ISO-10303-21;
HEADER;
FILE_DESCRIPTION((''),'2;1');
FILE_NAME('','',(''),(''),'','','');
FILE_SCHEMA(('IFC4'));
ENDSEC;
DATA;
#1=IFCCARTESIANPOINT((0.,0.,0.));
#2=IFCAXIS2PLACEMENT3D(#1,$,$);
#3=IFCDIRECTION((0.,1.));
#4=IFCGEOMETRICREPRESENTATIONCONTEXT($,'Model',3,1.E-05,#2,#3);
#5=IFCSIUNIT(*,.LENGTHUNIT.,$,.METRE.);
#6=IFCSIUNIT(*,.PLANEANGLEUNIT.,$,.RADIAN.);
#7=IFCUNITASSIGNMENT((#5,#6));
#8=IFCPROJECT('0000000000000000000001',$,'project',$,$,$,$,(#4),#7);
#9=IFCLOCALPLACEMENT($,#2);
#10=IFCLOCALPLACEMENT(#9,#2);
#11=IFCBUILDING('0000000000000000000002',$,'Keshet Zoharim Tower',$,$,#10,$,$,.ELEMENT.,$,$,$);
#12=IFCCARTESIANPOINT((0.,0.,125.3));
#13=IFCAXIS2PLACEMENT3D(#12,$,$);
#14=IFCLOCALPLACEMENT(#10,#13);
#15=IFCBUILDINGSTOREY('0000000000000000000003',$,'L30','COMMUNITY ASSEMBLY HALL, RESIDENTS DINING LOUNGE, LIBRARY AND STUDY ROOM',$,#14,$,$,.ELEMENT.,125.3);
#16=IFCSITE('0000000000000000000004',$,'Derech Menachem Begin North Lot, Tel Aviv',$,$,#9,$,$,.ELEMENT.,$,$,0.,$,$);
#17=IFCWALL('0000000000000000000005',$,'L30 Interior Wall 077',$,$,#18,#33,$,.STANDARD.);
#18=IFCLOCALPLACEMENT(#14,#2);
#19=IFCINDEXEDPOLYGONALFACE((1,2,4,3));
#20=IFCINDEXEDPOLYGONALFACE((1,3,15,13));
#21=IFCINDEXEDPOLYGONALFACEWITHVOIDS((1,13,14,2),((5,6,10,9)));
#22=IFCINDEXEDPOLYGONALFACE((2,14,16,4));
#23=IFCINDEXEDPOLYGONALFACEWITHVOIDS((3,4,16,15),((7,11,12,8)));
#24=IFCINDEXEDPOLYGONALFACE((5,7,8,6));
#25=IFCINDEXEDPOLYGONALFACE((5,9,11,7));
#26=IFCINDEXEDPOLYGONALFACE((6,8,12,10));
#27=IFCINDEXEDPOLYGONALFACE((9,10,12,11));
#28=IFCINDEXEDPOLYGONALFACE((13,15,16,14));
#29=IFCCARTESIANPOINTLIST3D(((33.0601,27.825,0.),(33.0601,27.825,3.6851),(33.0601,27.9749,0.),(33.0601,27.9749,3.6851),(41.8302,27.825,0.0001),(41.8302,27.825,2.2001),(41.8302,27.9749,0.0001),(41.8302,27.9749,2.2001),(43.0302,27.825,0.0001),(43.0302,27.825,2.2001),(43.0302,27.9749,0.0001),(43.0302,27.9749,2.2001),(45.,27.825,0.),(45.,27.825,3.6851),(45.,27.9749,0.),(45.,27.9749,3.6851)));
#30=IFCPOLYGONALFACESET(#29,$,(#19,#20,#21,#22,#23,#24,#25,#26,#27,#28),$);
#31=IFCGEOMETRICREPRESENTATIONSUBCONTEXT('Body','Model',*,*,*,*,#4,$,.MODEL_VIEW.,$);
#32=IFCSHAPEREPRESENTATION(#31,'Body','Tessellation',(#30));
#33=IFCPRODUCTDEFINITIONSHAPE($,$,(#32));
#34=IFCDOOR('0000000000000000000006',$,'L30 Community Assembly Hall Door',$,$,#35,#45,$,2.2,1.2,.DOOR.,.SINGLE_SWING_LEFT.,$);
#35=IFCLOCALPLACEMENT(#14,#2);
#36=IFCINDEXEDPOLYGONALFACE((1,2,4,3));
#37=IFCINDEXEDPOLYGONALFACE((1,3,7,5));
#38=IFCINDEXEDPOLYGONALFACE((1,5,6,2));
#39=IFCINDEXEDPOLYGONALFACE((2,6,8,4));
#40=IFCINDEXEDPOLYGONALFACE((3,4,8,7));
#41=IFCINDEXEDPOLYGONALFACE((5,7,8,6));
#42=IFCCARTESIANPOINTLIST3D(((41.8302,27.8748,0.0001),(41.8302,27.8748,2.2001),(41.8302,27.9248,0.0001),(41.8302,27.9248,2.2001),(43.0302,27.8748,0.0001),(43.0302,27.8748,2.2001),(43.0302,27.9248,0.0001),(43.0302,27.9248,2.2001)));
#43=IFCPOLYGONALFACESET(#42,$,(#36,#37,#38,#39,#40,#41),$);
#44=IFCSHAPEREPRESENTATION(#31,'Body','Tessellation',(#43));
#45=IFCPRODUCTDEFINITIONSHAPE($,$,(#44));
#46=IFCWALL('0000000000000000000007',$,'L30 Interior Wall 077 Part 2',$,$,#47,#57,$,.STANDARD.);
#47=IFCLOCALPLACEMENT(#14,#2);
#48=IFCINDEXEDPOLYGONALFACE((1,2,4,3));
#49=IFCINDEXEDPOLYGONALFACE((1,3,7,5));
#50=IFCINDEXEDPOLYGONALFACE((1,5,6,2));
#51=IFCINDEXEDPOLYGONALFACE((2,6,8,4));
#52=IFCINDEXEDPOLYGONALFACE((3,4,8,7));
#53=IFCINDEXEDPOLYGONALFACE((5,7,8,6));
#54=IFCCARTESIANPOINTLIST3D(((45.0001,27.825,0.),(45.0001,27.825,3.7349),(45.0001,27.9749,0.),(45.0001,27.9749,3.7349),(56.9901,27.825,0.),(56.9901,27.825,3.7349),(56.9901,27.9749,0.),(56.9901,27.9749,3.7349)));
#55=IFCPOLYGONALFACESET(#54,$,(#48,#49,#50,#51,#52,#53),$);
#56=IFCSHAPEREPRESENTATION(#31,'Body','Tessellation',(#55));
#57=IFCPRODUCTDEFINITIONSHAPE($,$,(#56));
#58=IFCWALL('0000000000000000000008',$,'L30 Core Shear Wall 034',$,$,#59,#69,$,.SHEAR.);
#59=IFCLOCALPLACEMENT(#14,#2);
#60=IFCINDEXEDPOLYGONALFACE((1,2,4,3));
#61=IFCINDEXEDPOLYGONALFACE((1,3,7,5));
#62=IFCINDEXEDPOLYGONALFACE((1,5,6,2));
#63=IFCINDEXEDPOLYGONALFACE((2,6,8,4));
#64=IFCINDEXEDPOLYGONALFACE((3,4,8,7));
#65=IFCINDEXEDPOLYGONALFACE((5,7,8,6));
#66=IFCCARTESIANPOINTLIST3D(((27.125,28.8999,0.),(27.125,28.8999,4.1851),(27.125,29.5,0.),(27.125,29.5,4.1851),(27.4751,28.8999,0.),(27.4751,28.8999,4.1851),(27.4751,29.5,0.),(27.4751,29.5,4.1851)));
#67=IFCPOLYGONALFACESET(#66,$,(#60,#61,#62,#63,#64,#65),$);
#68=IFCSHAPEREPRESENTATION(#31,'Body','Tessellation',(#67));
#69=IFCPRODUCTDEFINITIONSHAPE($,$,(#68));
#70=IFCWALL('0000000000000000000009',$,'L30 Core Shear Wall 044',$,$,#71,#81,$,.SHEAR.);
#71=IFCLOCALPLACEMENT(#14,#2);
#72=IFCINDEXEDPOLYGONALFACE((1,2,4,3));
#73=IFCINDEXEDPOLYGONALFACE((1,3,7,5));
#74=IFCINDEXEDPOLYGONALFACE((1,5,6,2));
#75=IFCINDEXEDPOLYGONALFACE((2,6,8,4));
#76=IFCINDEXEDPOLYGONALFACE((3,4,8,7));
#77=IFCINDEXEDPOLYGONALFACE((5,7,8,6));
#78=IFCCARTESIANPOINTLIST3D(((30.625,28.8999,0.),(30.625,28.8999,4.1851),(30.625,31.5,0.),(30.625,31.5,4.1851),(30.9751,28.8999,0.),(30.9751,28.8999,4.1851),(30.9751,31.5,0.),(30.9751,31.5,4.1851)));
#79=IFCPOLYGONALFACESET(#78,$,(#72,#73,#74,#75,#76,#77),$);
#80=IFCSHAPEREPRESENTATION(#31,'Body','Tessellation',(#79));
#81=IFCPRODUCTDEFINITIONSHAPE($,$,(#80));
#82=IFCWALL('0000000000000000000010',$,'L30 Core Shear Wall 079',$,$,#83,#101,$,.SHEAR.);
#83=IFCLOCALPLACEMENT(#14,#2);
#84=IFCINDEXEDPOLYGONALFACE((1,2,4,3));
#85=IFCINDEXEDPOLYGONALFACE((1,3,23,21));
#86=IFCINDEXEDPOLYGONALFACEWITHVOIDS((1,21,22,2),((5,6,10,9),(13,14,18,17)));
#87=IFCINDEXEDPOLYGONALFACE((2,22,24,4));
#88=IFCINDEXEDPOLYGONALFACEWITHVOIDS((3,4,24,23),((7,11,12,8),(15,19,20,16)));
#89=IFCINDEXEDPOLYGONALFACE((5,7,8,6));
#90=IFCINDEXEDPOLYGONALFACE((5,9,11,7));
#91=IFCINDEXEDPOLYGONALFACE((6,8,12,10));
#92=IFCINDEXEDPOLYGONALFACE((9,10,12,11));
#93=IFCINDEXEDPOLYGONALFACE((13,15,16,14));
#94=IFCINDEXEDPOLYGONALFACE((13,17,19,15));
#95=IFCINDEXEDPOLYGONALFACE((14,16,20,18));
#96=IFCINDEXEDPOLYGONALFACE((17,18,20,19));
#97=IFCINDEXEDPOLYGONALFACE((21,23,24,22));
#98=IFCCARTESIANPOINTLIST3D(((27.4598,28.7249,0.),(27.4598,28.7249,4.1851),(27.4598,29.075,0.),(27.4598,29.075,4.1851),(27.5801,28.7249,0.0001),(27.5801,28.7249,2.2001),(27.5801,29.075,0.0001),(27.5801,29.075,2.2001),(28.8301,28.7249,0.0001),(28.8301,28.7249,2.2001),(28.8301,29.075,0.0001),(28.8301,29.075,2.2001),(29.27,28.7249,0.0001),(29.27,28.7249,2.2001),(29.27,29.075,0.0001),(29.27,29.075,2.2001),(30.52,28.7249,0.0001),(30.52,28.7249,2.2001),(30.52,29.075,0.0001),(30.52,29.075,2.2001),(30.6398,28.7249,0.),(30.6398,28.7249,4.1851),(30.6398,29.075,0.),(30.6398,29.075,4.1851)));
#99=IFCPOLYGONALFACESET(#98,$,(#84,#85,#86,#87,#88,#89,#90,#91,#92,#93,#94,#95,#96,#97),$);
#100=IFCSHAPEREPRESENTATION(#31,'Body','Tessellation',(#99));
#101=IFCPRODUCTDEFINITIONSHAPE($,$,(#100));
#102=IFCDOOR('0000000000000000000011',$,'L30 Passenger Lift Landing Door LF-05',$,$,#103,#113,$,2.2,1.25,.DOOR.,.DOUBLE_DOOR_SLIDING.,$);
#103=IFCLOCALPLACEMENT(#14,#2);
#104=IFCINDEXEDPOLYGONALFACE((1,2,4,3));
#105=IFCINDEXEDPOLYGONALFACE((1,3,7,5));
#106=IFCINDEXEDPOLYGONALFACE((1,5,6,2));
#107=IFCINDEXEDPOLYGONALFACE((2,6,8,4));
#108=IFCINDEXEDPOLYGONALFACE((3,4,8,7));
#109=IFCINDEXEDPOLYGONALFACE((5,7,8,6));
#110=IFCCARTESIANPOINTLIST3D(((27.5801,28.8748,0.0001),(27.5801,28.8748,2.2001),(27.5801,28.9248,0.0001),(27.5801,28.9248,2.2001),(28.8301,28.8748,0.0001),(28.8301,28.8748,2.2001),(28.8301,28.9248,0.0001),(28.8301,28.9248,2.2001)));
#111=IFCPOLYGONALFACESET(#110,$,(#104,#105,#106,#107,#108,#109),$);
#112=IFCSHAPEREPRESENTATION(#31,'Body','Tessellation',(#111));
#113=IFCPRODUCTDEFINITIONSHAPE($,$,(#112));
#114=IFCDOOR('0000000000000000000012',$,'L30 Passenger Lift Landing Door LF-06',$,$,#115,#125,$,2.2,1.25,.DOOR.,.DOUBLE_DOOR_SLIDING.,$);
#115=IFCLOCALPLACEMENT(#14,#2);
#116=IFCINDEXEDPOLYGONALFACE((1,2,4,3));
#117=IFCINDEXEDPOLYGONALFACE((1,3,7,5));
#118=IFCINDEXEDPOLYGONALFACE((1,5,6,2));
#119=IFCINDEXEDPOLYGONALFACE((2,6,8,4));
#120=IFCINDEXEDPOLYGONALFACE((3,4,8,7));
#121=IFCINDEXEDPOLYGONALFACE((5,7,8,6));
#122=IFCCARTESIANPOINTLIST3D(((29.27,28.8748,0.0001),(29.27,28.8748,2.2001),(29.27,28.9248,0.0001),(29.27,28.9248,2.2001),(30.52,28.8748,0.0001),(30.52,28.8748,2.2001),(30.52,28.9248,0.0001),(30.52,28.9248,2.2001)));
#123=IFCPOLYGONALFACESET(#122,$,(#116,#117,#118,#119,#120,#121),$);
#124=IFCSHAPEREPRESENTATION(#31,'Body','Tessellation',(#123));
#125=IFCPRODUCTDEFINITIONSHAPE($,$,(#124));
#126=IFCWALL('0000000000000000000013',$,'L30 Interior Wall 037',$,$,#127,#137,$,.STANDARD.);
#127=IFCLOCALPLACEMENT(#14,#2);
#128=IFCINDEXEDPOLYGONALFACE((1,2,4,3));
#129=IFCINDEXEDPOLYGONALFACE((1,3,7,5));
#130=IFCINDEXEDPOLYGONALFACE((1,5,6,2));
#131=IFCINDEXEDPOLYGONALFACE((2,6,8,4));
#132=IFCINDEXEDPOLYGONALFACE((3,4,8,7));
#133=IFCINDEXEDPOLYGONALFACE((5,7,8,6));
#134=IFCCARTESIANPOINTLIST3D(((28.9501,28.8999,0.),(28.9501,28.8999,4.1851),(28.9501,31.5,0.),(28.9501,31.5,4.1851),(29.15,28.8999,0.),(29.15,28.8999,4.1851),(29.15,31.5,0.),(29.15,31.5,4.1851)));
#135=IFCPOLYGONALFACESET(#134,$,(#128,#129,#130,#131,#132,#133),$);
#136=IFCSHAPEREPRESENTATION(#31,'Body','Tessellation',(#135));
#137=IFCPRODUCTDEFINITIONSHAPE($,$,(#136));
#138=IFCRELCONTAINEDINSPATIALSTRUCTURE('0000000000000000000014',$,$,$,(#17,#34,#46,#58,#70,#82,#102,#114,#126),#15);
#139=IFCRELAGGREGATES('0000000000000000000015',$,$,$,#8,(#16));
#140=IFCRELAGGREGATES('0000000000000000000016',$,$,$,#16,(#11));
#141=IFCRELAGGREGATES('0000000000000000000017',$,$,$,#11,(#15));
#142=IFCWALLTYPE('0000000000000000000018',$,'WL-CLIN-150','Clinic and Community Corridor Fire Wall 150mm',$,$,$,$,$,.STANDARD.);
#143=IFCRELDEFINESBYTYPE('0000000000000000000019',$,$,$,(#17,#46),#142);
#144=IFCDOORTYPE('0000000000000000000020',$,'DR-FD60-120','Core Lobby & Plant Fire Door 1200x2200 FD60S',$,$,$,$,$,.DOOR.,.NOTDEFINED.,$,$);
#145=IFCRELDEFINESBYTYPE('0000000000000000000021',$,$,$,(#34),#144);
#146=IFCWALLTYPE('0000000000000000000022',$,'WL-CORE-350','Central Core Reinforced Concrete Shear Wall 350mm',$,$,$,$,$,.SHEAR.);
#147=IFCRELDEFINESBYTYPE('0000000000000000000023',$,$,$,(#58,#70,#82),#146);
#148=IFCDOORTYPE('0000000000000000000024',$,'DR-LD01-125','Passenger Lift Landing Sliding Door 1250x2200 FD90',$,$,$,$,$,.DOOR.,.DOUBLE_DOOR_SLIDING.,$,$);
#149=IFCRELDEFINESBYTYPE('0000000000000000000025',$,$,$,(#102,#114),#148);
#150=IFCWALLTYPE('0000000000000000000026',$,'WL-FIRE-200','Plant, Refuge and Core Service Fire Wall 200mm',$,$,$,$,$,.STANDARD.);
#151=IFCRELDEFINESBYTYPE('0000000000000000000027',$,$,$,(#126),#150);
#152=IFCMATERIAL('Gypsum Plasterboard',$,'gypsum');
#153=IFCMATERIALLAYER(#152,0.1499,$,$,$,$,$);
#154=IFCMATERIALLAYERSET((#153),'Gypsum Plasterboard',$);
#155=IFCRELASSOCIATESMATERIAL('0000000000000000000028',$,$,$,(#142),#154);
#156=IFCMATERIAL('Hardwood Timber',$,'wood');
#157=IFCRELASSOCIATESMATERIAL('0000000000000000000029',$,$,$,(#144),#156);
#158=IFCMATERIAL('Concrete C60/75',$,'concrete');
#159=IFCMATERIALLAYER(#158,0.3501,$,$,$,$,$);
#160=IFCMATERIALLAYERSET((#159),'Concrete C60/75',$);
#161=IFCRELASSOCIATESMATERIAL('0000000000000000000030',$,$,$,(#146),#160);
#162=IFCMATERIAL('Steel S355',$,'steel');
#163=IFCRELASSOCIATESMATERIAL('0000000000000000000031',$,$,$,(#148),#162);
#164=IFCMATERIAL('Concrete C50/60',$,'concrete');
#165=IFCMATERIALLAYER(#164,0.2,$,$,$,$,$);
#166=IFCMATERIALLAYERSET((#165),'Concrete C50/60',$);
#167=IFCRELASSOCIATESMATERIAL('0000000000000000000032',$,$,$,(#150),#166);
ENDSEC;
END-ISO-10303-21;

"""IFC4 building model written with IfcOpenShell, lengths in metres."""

from ifc_helpers import new_model, si_unit, direction, frame, frame_2d, origin, place, context, subcontext, project, spatial, rectangle, extrude, material, layer, layer_set, type_object, element, fill, save


model = new_model("IFC4")

# Units and contexts
model_context = context("Model", 3, precision=1e-05, world=origin(), true_north=direction((0.0, 1.0)))
body_context = subcontext(model_context, "Body", "Model", "MODEL_VIEW")
ifc_project = project(units=[si_unit("LENGTHUNIT", "METRE"), si_unit("PLANEANGLEUNIT", "RADIAN")], contexts=[model_context])

# Site, building, storey
site_placement = place(None, origin())
site = spatial("IfcSite", under=ifc_project, at=site_placement, Name="Derech Menachem Begin North Lot, Tel Aviv", CompositionType="ELEMENT", RefElevation=0.0)
building_placement = place(site_placement, origin())
building = spatial("IfcBuilding", under=site, at=building_placement, Name="Keshet Zoharim Tower", CompositionType="ELEMENT")
storey_placement = place(building_placement, frame((0.0, 0.0, 125.3)))
storey = spatial("IfcBuildingStorey", under=building, at=storey_placement, Name="L30", Description="COMMUNITY ASSEMBLY HALL, RESIDENTS DINING LOUNGE, LIBRARY AND STUDY ROOM", CompositionType="ELEMENT", Elevation=125.3)

# Shared definitions
ifc_material_1 = material(Name="Concrete C60/75", Category="concrete")

# Shared definitions
ifc_material_2 = material(Name="Steel S355", Category="steel")

# Shared definitions
ifc_material_3 = material(Name="Gypsum Plasterboard", Category="gypsum")
ifc_layer_1 = layer(ifc_material_3, 0.1499)
ifc_layer_set_1 = layer_set([ifc_layer_1], Name="Gypsum Plasterboard")
wall_type_1 = type_object("IfcWallType", Name="WL-CLIN-150", Description="Clinic and Community Corridor Fire Wall 150mm", PredefinedType="STANDARD", material=ifc_layer_set_1)

# Wall, opening, door
wall_1_placement = place(storey_placement, frame((33.0601, 27.8999, 0.0), z_axis=(0.0, 0.0, 1.0), x_axis=(1.0, 0.0, 0.0)))
wall_1 = element("IfcWall", 1, at=wall_1_placement, inside=storey, type_object=wall_type_1, Name="L30 Interior Wall 077", PredefinedType="STANDARD", context=body_context, shape_type="SweptSolid", body=[
    extrude(rectangle(XDim=11.9399, YDim=0.1499, at=frame_2d((5.97, 0.0))), origin(), (0.0, 0.0, 1.0), 3.6851),
])
opening_1_placement = place(wall_1_placement, frame((8.77, 0.0, 0.0)))
opening_1 = element("IfcOpeningElement", 2, at=opening_1_placement, cuts=wall_1, PredefinedType="OPENING", context=body_context, shape_type="SweptSolid", body=[
    extrude(rectangle(XDim=1.2, YDim=2.2, at=frame_2d((0.6001, 1.1001))), frame((0.0, 0.085, 0.0), z_axis=(0.0, -1.0, 0.0), x_axis=(1.0, 0.0, 0.0)), (0.0, 0.0, 1.0), 0.1699),
])
ifc_material_4 = material(Name="Hardwood Timber", Category="wood")
door_type_1 = type_object("IfcDoorType", Name="DR-FD60-120", Description="Core Lobby & Plant Fire Door 1200x2200 FD60S", OperationType="NOTDEFINED", PredefinedType="DOOR", material=ifc_material_4)
door_1_placement = place(opening_1_placement, origin())
door_1 = element("IfcDoor", 3, at=door_1_placement, inside=storey, type_object=door_type_1, Name="L30 Community Assembly Hall Door", OperationType="SINGLE_SWING_LEFT", OverallHeight=2.2, OverallWidth=1.2, PredefinedType="DOOR", context=body_context, shape_type="SweptSolid", body=[
    extrude(rectangle(XDim=1.2, YDim=2.2, at=frame_2d((0.6001, 1.1001))), frame((0.0, 0.0249, 0.0), z_axis=(0.0, -1.0, 0.0), x_axis=(1.0, 0.0, 0.0)), (0.0, 0.0, 1.0), 0.05),
])
fill(opening_1, door_1)

# Walls
wall_2_placement = place(storey_placement, frame((45.0, 27.8999, 0.0), z_axis=(0.0, 0.0, 1.0), x_axis=(1.0, 0.0, 0.0)))
element("IfcWall", 4, at=wall_2_placement, inside=storey, type_object=wall_type_1, Name="L30 Interior Wall 077 Part 2", PredefinedType="STANDARD", context=body_context, shape_type="SweptSolid", body=[
    extrude(rectangle(XDim=11.99, YDim=0.1499, at=frame_2d((5.9951, 0.0))), origin(), (0.0, 0.0, 1.0), 3.7349),
])
ifc_layer_2 = layer(ifc_material_1, 0.3501)
ifc_layer_set_2 = layer_set([ifc_layer_2], Name="Concrete C60/75")
wall_type_2 = type_object("IfcWallType", Name="WL-CORE-350", Description="Central Core Reinforced Concrete Shear Wall 350mm", PredefinedType="SHEAR", material=ifc_layer_set_2)
wall_3_placement = place(storey_placement, frame((27.3, 28.8999, 0.0), z_axis=(0.0, 0.0, 1.0), x_axis=(0.0, 1.0, 0.0)))
element("IfcWall", 5, at=wall_3_placement, inside=storey, type_object=wall_type_2, Name="L30 Core Shear Wall 034", PredefinedType="SHEAR", context=body_context, shape_type="SweptSolid", body=[
    extrude(rectangle(XDim=0.6001, YDim=0.3501, at=frame_2d((0.3, 0.0))), origin(), (0.0, 0.0, 1.0), 4.1851),
])
wall_4_placement = place(storey_placement, frame((30.8, 28.8999, 0.0), z_axis=(0.0, 0.0, 1.0), x_axis=(0.0, 1.0, 0.0)))
element("IfcWall", 6, at=wall_4_placement, inside=storey, type_object=wall_type_2, Name="L30 Core Shear Wall 044", PredefinedType="SHEAR", context=body_context, shape_type="SweptSolid", body=[
    extrude(rectangle(XDim=2.6001, YDim=0.3501, at=frame_2d((1.3, 0.0))), origin(), (0.0, 0.0, 1.0), 4.1851),
])

# Wall, openings, doors
wall_5_placement = place(storey_placement, frame((27.46, 28.8999, 0.0), z_axis=(0.0, 0.0, 1.0), x_axis=(1.0, 0.0, 0.0)))
wall_5 = element("IfcWall", 7, at=wall_5_placement, inside=storey, type_object=wall_type_2, Name="L30 Core Shear Wall 079", PredefinedType="SHEAR", context=body_context, shape_type="SweptSolid", body=[
    extrude(rectangle(XDim=3.1799, YDim=0.3501, at=frame_2d((1.5898, 0.0))), origin(), (0.0, 0.0, 1.0), 4.1851),
])
opening_2_placement = place(wall_5_placement, frame((0.1201, 0.0, 0.0)))
opening_2 = element("IfcOpeningElement", 8, at=opening_2_placement, cuts=wall_5, PredefinedType="OPENING", context=body_context, shape_type="SweptSolid", body=[
    extrude(rectangle(XDim=1.25, YDim=2.2, at=frame_2d((0.625, 1.1001))), frame((0.0, 0.1851, 0.0), z_axis=(0.0, -1.0, 0.0), x_axis=(1.0, 0.0, 0.0)), (0.0, 0.0, 1.0), 0.3701),
])
opening_3_placement = place(wall_5_placement, frame((1.8101, 0.0, 0.0)))
opening_3 = element("IfcOpeningElement", 9, at=opening_3_placement, cuts=wall_5, PredefinedType="OPENING", context=body_context, shape_type="SweptSolid", body=[
    extrude(rectangle(XDim=1.25, YDim=2.2, at=frame_2d((0.625, 1.1001))), frame((0.0, 0.1851, 0.0), z_axis=(0.0, -1.0, 0.0), x_axis=(1.0, 0.0, 0.0)), (0.0, 0.0, 1.0), 0.3701),
])
door_type_2 = type_object("IfcDoorType", Name="DR-LD01-125", Description="Passenger Lift Landing Sliding Door 1250x2200 FD90", OperationType="DOUBLE_DOOR_SLIDING", PredefinedType="DOOR", material=ifc_material_2)
door_2_placement = place(opening_2_placement, origin())
door_2 = element("IfcDoor", 10, at=door_2_placement, inside=storey, type_object=door_type_2, Name="L30 Passenger Lift Landing Door LF-05", OperationType="DOUBLE_DOOR_SLIDING", OverallHeight=2.2, OverallWidth=1.25, PredefinedType="DOOR", context=body_context, shape_type="SweptSolid", body=[
    extrude(rectangle(XDim=1.25, YDim=2.2, at=frame_2d((0.625, 1.1001))), frame((0.0, 0.0249, 0.0), z_axis=(0.0, -1.0, 0.0), x_axis=(1.0, 0.0, 0.0)), (0.0, 0.0, 1.0), 0.05),
])
fill(opening_2, door_2)
door_3_placement = place(opening_3_placement, origin())
door_3 = element("IfcDoor", 11, at=door_3_placement, inside=storey, type_object=door_type_2, Name="L30 Passenger Lift Landing Door LF-06", OperationType="DOUBLE_DOOR_SLIDING", OverallHeight=2.2, OverallWidth=1.25, PredefinedType="DOOR", context=body_context, shape_type="SweptSolid", body=[
    extrude(rectangle(XDim=1.25, YDim=2.2, at=frame_2d((0.625, 1.1001))), frame((0.0, 0.0249, 0.0), z_axis=(0.0, -1.0, 0.0), x_axis=(1.0, 0.0, 0.0)), (0.0, 0.0, 1.0), 0.05),
])
fill(opening_3, door_3)

# Wall
ifc_material_5 = material(Name="Concrete C50/60", Category="concrete")
ifc_layer_3 = layer(ifc_material_5, 0.2)
ifc_layer_set_3 = layer_set([ifc_layer_3], Name="Concrete C50/60")
wall_type_3 = type_object("IfcWallType", Name="WL-FIRE-200", Description="Plant, Refuge and Core Service Fire Wall 200mm", PredefinedType="STANDARD", material=ifc_layer_set_3)
wall_6_placement = place(storey_placement, frame((29.05, 28.8999, 0.0), z_axis=(0.0, 0.0, 1.0), x_axis=(0.0, 1.0, 0.0)))
element("IfcWall", 12, at=wall_6_placement, inside=storey, type_object=wall_type_3, Name="L30 Interior Wall 037", PredefinedType="STANDARD", context=body_context, shape_type="SweptSolid", body=[
    extrude(rectangle(XDim=2.6001, YDim=0.2, at=frame_2d((1.3, 0.0))), origin(), (0.0, 0.0, 1.0), 4.1851),
])

save(model, "model.ifc")
